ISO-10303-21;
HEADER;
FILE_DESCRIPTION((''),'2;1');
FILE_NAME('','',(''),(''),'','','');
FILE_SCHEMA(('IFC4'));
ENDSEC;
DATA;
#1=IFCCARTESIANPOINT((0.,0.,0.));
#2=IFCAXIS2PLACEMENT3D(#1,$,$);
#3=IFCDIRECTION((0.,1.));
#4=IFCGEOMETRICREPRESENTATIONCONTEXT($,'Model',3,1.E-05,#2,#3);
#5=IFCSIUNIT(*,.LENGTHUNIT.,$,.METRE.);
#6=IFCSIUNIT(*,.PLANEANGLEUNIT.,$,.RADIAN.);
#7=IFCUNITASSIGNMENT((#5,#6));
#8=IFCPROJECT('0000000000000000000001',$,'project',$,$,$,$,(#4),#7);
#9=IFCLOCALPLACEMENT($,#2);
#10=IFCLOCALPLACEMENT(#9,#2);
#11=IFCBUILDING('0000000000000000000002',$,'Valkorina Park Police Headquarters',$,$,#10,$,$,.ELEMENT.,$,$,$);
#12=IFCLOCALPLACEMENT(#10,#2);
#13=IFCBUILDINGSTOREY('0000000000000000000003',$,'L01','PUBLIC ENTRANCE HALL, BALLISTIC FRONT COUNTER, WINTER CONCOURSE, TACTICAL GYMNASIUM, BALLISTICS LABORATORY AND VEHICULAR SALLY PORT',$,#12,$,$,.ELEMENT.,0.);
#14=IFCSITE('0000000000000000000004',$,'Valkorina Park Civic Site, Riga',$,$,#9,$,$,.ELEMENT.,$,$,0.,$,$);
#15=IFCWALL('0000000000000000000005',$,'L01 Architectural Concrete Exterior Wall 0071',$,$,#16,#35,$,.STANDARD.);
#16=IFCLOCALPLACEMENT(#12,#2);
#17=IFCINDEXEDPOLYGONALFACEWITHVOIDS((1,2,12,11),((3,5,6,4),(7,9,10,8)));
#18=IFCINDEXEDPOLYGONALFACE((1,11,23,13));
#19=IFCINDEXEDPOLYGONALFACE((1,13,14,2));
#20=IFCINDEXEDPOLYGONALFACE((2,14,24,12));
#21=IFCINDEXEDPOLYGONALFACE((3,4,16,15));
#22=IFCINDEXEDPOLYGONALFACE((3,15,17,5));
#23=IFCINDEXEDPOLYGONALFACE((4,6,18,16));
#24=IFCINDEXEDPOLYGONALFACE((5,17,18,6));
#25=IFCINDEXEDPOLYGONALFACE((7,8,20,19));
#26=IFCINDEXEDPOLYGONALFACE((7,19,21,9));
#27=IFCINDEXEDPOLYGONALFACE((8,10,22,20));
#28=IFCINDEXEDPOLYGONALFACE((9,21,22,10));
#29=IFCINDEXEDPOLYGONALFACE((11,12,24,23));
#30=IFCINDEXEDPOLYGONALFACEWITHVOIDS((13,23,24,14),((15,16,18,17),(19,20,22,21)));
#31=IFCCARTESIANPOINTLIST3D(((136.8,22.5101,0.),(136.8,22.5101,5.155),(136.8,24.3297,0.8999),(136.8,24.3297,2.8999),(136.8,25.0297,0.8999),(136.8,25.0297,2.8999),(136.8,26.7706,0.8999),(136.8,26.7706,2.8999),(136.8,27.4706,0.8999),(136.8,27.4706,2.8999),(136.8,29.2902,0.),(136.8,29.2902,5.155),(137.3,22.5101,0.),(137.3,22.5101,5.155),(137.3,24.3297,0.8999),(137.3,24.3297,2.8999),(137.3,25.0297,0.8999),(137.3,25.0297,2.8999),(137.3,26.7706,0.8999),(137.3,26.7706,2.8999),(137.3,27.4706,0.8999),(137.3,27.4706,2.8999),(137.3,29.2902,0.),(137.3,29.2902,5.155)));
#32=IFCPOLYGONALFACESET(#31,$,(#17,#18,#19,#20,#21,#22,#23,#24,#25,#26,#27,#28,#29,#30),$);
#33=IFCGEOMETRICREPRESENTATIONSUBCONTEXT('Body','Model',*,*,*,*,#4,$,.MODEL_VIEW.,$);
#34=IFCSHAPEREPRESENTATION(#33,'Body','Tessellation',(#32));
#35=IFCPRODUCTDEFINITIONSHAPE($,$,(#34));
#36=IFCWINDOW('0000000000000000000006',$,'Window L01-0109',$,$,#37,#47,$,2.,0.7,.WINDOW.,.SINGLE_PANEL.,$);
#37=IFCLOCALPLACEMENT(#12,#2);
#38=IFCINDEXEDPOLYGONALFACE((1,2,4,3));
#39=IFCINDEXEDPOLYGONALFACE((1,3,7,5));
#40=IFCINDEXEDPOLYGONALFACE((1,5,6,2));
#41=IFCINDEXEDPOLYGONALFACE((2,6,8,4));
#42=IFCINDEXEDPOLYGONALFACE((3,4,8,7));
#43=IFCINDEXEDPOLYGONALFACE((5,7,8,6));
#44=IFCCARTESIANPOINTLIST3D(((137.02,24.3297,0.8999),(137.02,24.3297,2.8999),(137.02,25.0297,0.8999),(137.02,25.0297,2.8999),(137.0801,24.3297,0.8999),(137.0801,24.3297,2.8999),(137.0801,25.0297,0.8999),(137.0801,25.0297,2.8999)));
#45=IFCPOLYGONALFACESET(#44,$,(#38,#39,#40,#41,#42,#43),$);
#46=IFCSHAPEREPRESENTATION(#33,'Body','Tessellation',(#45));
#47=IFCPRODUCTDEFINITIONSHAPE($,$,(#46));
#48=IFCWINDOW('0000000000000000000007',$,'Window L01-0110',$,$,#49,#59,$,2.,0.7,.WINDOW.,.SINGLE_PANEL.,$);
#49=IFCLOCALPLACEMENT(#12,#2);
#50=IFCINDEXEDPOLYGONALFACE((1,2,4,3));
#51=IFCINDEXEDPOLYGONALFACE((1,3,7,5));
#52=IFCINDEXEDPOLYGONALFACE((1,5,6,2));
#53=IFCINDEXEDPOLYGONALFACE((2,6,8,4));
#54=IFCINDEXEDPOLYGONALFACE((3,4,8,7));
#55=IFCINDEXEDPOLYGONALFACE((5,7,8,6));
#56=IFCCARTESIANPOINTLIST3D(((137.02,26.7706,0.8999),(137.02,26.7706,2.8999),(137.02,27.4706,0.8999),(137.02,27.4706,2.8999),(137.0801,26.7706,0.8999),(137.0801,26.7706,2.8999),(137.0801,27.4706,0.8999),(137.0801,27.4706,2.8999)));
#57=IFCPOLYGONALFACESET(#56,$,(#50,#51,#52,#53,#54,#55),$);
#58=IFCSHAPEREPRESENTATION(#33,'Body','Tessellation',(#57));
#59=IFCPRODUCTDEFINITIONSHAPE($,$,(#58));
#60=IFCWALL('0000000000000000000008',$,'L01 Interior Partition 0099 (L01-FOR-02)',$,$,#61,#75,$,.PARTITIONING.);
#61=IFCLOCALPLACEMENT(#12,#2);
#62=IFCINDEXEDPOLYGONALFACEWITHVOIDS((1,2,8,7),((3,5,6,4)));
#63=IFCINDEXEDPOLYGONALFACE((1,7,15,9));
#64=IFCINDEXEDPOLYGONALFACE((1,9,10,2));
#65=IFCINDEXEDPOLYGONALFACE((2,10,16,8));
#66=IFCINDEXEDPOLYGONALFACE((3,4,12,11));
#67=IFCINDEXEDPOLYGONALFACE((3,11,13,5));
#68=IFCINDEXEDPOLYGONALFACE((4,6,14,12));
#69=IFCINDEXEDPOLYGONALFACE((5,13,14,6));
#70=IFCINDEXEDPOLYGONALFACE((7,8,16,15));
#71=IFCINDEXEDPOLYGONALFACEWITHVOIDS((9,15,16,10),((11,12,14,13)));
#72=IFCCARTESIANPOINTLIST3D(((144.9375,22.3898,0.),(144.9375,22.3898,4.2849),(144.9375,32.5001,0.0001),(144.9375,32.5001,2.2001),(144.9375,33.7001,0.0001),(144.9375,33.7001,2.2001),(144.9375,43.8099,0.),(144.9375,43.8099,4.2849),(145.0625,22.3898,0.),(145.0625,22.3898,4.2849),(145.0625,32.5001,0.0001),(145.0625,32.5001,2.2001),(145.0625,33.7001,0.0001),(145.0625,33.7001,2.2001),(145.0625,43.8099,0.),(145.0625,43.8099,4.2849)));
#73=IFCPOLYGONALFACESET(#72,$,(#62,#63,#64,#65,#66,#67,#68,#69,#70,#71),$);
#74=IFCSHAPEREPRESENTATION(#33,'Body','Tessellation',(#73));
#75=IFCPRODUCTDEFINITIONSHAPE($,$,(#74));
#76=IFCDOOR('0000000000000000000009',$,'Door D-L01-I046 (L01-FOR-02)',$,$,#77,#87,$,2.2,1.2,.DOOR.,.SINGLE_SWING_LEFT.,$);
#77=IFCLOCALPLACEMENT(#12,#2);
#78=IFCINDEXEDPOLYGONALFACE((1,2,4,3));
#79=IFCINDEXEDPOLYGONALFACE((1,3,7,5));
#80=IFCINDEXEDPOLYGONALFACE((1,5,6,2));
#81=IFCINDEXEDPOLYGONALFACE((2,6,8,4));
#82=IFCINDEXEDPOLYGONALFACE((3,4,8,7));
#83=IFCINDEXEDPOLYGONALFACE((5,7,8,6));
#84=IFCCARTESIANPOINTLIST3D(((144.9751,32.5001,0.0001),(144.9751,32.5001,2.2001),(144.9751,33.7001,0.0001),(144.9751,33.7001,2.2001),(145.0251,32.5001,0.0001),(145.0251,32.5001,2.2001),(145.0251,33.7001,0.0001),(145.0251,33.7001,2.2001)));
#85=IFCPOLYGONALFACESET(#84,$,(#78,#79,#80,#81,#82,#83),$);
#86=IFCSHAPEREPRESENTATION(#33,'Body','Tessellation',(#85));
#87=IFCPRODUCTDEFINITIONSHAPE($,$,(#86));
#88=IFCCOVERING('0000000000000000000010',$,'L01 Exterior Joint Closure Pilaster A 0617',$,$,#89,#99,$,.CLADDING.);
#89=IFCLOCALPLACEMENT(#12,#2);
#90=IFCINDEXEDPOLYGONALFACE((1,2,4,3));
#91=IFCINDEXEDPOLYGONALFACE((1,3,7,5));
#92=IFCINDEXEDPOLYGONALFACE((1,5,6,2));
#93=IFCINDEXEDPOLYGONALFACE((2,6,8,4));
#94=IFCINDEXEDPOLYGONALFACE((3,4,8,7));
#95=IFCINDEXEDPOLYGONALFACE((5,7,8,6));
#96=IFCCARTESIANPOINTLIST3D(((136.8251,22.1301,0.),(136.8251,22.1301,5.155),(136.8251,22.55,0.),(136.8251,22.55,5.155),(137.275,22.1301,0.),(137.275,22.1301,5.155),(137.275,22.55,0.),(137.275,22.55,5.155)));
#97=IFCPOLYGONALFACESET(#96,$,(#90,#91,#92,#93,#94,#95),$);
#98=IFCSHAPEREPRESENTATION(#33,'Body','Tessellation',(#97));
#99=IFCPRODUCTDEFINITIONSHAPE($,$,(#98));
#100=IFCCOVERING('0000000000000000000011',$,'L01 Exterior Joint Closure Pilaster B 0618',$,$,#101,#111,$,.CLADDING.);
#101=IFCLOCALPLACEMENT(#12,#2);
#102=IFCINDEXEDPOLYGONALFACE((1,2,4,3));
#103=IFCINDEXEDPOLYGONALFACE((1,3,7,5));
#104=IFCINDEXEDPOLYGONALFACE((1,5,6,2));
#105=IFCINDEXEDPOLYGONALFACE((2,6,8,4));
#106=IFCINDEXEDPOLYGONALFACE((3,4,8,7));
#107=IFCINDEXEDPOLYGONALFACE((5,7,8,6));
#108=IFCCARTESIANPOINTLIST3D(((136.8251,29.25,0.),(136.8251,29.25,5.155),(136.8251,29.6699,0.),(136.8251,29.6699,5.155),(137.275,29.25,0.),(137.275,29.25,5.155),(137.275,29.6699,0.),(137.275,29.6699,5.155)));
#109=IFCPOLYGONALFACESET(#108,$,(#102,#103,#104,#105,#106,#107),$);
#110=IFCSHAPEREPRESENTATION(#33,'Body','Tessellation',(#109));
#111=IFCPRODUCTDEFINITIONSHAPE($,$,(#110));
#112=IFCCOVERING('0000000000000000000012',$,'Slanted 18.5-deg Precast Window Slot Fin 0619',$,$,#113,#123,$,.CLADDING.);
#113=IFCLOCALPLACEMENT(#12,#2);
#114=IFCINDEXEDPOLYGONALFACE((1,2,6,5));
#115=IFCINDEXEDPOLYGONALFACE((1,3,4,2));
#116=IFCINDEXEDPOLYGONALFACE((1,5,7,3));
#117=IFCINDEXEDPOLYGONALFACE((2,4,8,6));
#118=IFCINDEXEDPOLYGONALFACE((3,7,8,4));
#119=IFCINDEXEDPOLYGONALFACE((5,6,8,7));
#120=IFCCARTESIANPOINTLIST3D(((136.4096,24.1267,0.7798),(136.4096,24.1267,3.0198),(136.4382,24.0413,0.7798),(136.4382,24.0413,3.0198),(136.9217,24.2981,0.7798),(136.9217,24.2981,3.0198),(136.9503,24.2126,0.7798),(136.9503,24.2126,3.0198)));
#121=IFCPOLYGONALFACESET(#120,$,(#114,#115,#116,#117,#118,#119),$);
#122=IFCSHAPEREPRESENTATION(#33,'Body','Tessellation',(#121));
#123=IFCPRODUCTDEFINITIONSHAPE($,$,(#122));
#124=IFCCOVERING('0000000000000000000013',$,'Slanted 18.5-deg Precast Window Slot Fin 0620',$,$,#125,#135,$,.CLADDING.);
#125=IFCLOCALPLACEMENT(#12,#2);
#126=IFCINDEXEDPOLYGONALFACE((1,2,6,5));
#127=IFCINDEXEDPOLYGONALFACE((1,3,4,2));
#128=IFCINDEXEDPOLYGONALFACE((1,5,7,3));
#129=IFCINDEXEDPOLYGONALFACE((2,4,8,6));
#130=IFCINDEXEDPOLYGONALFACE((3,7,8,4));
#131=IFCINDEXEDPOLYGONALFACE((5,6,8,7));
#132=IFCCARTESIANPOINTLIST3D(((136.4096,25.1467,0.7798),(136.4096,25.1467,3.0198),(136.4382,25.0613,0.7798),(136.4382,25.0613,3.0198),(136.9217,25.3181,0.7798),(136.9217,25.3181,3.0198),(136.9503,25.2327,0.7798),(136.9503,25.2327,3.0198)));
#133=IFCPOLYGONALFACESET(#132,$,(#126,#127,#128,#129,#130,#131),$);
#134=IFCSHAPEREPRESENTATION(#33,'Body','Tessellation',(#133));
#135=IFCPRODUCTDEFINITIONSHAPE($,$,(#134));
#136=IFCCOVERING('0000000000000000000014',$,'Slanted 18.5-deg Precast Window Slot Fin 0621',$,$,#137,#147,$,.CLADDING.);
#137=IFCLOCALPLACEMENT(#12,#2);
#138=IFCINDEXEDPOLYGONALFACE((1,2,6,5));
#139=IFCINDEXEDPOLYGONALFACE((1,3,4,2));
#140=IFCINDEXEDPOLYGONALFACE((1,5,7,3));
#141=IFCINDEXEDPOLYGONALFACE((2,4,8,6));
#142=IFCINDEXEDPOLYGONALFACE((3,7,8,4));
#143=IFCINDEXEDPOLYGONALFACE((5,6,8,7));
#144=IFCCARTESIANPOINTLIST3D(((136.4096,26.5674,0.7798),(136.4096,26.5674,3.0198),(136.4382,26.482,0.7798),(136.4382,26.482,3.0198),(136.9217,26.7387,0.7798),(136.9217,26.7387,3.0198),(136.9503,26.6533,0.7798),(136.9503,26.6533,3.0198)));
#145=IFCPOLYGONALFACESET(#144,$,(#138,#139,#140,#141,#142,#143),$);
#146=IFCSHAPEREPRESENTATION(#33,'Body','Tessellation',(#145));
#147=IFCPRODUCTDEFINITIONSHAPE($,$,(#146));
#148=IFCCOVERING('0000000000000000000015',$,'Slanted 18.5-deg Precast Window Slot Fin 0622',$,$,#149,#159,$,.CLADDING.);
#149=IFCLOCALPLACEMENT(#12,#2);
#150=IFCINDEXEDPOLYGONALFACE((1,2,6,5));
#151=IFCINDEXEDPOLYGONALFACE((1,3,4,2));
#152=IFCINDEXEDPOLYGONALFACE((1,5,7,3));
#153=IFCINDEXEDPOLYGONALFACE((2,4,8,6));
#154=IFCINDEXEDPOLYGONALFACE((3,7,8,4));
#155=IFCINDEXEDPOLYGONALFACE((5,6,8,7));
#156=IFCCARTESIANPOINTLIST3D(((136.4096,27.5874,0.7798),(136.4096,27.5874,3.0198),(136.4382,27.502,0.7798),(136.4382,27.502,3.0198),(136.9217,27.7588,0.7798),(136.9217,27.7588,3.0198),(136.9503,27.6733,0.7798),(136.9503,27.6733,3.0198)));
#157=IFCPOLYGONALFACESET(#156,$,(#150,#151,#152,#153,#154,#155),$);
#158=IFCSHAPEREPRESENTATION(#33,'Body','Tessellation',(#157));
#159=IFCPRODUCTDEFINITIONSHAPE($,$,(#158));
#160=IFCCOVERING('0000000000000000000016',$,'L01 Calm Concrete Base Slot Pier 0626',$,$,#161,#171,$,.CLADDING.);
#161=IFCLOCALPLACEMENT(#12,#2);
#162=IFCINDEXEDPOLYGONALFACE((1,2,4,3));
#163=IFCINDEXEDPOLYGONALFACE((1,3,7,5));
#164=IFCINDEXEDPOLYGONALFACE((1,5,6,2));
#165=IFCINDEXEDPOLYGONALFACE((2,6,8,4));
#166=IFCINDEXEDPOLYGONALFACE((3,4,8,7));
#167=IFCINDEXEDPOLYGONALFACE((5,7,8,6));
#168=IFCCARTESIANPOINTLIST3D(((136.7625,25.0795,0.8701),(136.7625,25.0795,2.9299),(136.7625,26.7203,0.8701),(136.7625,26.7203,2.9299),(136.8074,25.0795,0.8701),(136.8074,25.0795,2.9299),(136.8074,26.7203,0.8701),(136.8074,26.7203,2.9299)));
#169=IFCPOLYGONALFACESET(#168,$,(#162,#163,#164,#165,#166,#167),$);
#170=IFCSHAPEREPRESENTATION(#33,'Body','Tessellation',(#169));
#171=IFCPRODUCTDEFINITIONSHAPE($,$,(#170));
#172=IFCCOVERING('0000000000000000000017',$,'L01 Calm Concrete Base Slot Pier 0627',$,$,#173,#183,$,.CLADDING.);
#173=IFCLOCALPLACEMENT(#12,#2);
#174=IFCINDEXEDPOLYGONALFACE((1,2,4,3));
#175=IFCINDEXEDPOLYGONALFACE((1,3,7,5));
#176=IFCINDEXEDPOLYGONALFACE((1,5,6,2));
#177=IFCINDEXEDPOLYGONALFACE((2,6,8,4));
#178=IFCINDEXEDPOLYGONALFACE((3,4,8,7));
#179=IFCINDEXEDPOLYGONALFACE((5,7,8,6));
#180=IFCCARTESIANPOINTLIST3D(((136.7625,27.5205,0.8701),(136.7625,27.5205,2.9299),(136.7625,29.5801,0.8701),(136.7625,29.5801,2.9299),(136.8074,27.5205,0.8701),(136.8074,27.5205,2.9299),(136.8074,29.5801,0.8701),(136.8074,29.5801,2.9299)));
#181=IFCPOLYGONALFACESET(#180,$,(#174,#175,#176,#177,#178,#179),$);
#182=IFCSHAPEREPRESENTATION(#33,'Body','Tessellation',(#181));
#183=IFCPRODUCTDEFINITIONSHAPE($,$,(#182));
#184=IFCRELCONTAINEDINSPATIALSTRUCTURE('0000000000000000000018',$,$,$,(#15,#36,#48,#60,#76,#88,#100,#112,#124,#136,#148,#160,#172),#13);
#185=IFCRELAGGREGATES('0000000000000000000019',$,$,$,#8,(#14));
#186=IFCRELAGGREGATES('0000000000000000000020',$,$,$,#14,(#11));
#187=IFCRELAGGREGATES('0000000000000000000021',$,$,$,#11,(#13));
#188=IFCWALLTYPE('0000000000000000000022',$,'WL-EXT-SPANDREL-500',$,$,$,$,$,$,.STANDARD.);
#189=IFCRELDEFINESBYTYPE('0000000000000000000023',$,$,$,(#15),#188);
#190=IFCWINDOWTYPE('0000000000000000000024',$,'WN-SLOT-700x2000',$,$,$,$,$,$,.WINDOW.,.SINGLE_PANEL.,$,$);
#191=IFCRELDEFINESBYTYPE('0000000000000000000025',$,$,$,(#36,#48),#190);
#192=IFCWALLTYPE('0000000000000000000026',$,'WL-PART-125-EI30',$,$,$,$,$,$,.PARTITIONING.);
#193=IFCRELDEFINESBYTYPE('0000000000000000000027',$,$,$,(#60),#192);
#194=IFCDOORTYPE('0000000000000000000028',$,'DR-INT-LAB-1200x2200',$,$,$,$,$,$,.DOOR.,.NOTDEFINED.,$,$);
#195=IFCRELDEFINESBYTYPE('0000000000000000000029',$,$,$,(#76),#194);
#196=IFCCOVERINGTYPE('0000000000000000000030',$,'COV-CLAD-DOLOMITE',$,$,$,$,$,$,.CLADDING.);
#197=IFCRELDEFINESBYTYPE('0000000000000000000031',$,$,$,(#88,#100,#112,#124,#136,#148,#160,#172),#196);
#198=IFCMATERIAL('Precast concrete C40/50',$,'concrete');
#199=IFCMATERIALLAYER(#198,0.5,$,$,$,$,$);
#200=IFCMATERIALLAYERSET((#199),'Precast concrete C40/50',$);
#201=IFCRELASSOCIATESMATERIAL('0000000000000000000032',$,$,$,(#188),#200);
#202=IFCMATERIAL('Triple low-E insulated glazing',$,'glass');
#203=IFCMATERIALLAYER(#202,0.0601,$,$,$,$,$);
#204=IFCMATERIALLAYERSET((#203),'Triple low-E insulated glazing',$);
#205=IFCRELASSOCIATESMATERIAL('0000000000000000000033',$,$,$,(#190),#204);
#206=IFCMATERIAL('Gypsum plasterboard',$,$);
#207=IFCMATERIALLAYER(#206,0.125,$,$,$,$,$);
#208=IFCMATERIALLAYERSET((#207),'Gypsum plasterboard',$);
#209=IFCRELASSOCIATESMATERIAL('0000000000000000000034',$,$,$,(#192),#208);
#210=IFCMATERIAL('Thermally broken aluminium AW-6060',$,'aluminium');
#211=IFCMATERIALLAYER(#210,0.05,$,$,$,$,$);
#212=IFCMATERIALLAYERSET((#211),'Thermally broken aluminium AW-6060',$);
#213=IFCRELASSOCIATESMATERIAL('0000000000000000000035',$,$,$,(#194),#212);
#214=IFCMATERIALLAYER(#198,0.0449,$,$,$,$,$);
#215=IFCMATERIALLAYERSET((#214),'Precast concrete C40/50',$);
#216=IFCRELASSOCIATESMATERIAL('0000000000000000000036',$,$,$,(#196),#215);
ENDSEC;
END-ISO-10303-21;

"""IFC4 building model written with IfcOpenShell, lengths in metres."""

from ifc_helpers import new_model, si_unit, direction, frame, frame_2d, origin, origin_2d, place, context, subcontext, project, spatial, rectangle, extrude, material, layer, layer_set, type_object, element, fill, save


model = new_model("IFC4")

# Units and contexts
model_context = context("Model", 3, precision=1e-05, world=origin(), true_north=direction((0.0, 1.0)))
body_context = subcontext(model_context, "Body", "Model", "MODEL_VIEW")
ifc_project = project(units=[si_unit("LENGTHUNIT", "METRE"), si_unit("PLANEANGLEUNIT", "RADIAN")], contexts=[model_context])

# Site, building, storey
site_placement = place(None, origin())
site = spatial("IfcSite", under=ifc_project, at=site_placement, Name="Valkorina Park Civic Site, Riga", CompositionType="ELEMENT", RefElevation=0.0)
building_placement = place(site_placement, origin())
building = spatial("IfcBuilding", under=site, at=building_placement, Name="Valkorina Park Police Headquarters", CompositionType="ELEMENT")
storey_placement = place(building_placement, origin())
storey = spatial("IfcBuildingStorey", under=building, at=storey_placement, Name="L01", Description="PUBLIC ENTRANCE HALL, BALLISTIC FRONT COUNTER, WINTER CONCOURSE, TACTICAL GYMNASIUM, BALLISTICS LABORATORY AND VEHICULAR SALLY PORT", CompositionType="ELEMENT", Elevation=0.0)

# Wall, openings, windows
ifc_material_1 = material(Name="Precast concrete C40/50", Category="concrete")
ifc_layer_1 = layer(ifc_material_1, 0.5)
ifc_layer_set_1 = layer_set([ifc_layer_1], Name="Precast concrete C40/50")
wall_type_1 = type_object("IfcWallType", Name="WL-EXT-SPANDREL-500", PredefinedType="STANDARD", material=ifc_layer_set_1)
wall_1_placement = place(storey_placement, frame((137.05, 22.51, 0.0), z_axis=(0.0, 0.0, 1.0), x_axis=(0.0, 1.0, 0.0)))
wall_1 = element("IfcWall", 1, at=wall_1_placement, inside=storey, type_object=wall_type_1, Name="L01 Architectural Concrete Exterior Wall 0071", PredefinedType="STANDARD", context=body_context, shape_type="SweptSolid", body=[
    extrude(rectangle(XDim=6.78, YDim=0.5, at=frame_2d((3.3901, 0.0))), origin(), (0.0, 0.0, 1.0), 5.155),
])
opening_1_placement = place(wall_1_placement, frame((1.8196, 0.0, 0.8999)))
opening_1 = element("IfcOpeningElement", 2, at=opening_1_placement, cuts=wall_1, PredefinedType="OPENING", context=body_context, shape_type="SweptSolid", body=[
    extrude(rectangle(XDim=0.7, YDim=2.0, at=frame_2d((0.3501, 1.0))), frame((0.0, 0.26, 0.0), z_axis=(0.0, -1.0, 0.0), x_axis=(1.0, 0.0, 0.0)), (0.0, 0.0, 1.0), 0.52),
])
opening_2_placement = place(wall_1_placement, frame((4.2605, 0.0, 0.8999)))
opening_2 = element("IfcOpeningElement", 3, at=opening_2_placement, cuts=wall_1, PredefinedType="OPENING", context=body_context, shape_type="SweptSolid", body=[
    extrude(rectangle(XDim=0.7, YDim=2.0, at=frame_2d((0.3501, 1.0))), frame((0.0, 0.26, 0.0), z_axis=(0.0, -1.0, 0.0), x_axis=(1.0, 0.0, 0.0)), (0.0, 0.0, 1.0), 0.52),
])
ifc_material_2 = material(Name="Triple low-E insulated glazing", Category="glass")
ifc_layer_2 = layer(ifc_material_2, 0.0601)
ifc_layer_set_2 = layer_set([ifc_layer_2], Name="Triple low-E insulated glazing")
window_type = type_object("IfcWindowType", Name="WN-SLOT-700x2000", PartitioningType="SINGLE_PANEL", PredefinedType="WINDOW", material=ifc_layer_set_2)
window_1_placement = place(opening_1_placement, origin())
window_1 = element("IfcWindow", 4, at=window_1_placement, inside=storey, type_object=window_type, Name="Window L01-0109", OverallHeight=2.0, OverallWidth=0.7, PartitioningType="SINGLE_PANEL", PredefinedType="WINDOW", context=body_context, shape_type="SweptSolid", body=[
    extrude(rectangle(XDim=0.7, YDim=2.0, at=frame_2d((0.3501, 1.0))), frame((0.0, 0.03, 0.0), z_axis=(0.0, -1.0, 0.0), x_axis=(1.0, 0.0, 0.0)), (0.0, 0.0, 1.0), 0.0601),
])
fill(opening_1, window_1)
window_2_placement = place(opening_2_placement, origin())
window_2 = element("IfcWindow", 5, at=window_2_placement, inside=storey, type_object=window_type, Name="Window L01-0110", OverallHeight=2.0, OverallWidth=0.7, PartitioningType="SINGLE_PANEL", PredefinedType="WINDOW", context=body_context, shape_type="SweptSolid", body=[
    extrude(rectangle(XDim=0.7, YDim=2.0, at=frame_2d((0.3501, 1.0))), frame((0.0, 0.03, 0.0), z_axis=(0.0, -1.0, 0.0), x_axis=(1.0, 0.0, 0.0)), (0.0, 0.0, 1.0), 0.0601),
])
fill(opening_2, window_2)

# Wall, opening, door
ifc_material_3 = material(Name="Gypsum plasterboard")
ifc_layer_3 = layer(ifc_material_3, 0.125)
ifc_layer_set_3 = layer_set([ifc_layer_3], Name="Gypsum plasterboard")
wall_type_2 = type_object("IfcWallType", Name="WL-PART-125-EI30", PredefinedType="PARTITIONING", material=ifc_layer_set_3)
wall_2_placement = place(storey_placement, frame((145.0, 22.3899, 0.0), z_axis=(0.0, 0.0, 1.0), x_axis=(0.0, 1.0, 0.0)))
wall_2 = element("IfcWall", 6, at=wall_2_placement, inside=storey, type_object=wall_type_2, Name="L01 Interior Partition 0099 (L01-FOR-02)", PredefinedType="PARTITIONING", context=body_context, shape_type="SweptSolid", body=[
    extrude(rectangle(XDim=21.4202, YDim=0.125, at=frame_2d((10.71, 0.0))), origin(), (0.0, 0.0, 1.0), 4.2849),
])
opening_3_placement = place(wall_2_placement, frame((10.1101, 0.0, 0.0)))
opening_3 = element("IfcOpeningElement", 7, at=opening_3_placement, cuts=wall_2, PredefinedType="OPENING", context=body_context, shape_type="SweptSolid", body=[
    extrude(rectangle(XDim=1.2, YDim=2.2, at=frame_2d((0.6001, 1.1001))), frame((0.0, 0.0725, 0.0), z_axis=(0.0, -1.0, 0.0), x_axis=(1.0, 0.0, 0.0)), (0.0, 0.0, 1.0), 0.145),
])
ifc_material_4 = material(Name="Thermally broken aluminium AW-6060", Category="aluminium")
ifc_layer_4 = layer(ifc_material_4, 0.05)
ifc_layer_set_4 = layer_set([ifc_layer_4], Name="Thermally broken aluminium AW-6060")
door_type = type_object("IfcDoorType", Name="DR-INT-LAB-1200x2200", OperationType="NOTDEFINED", PredefinedType="DOOR", material=ifc_layer_set_4)
door_placement = place(opening_3_placement, origin())
door = element("IfcDoor", 8, at=door_placement, inside=storey, type_object=door_type, Name="Door D-L01-I046 (L01-FOR-02)", OperationType="SINGLE_SWING_LEFT", OverallHeight=2.2, OverallWidth=1.2, PredefinedType="DOOR", context=body_context, shape_type="SweptSolid", body=[
    extrude(rectangle(XDim=1.2, YDim=2.2, at=frame_2d((0.6001, 1.1001))), frame((0.0, 0.0249, 0.0), z_axis=(0.0, -1.0, 0.0), x_axis=(1.0, 0.0, 0.0)), (0.0, 0.0, 1.0), 0.05),
])
fill(opening_3, door)

# Coverings
ifc_layer_5 = layer(ifc_material_1, 0.0449)
ifc_layer_set_5 = layer_set([ifc_layer_5], Name="Precast concrete C40/50")
covering_type = type_object("IfcCoveringType", Name="COV-CLAD-DOLOMITE", PredefinedType="CLADDING", material=ifc_layer_set_5)
for number, where, z_axis, x_axis, name in (
    (9, (137.05, 22.3401, 0.0), (0.0, 0.0, 1.0), (0.0, 1.0, 0.0), "L01 Exterior Joint Closure Pilaster A 0617"),
    (10, (137.05, 29.46, 0.0), (0.0, 0.0, 1.0), (0.0, 1.0, 0.0), "L01 Exterior Joint Closure Pilaster B 0618"),
):
    element("IfcCovering", number, at=place(storey_placement, frame(where, z_axis=z_axis, x_axis=x_axis)), inside=storey, type_object=covering_type, Name=name, PredefinedType="CLADDING", context=body_context, shape_type="SweptSolid", body=[
        extrude(rectangle(XDim=0.4199, YDim=0.45, at=origin_2d()), origin(), (0.0, 0.0, 1.0), 5.155),
    ])
for number, where, z_axis, x_axis, name in (
    (11, (136.6799, 24.1697, 0.7798), (0.0, 0.0, 1.0), (-0.948324, -0.317305, 0.0), "Slanted 18.5-deg Precast Window Slot Fin 0619"),
    (12, (136.6799, 25.1897, 0.7798), (0.0, 0.0, 1.0), (-0.948324, -0.317305, 0.0), "Slanted 18.5-deg Precast Window Slot Fin 0620"),
    (13, (136.6799, 26.6104, 0.7798), (0.0, 0.0, 1.0), (-0.948324, -0.317305, 0.0), "Slanted 18.5-deg Precast Window Slot Fin 0621"),
    (14, (136.6799, 27.6304, 0.7798), (0.0, 0.0, 1.0), (-0.948324, -0.317305, 0.0), "Slanted 18.5-deg Precast Window Slot Fin 0622"),
):
    element("IfcCovering", number, at=place(storey_placement, frame(where, z_axis=z_axis, x_axis=x_axis)), inside=storey, type_object=covering_type, Name=name, PredefinedType="CLADDING", context=body_context, shape_type="SweptSolid", body=[
        extrude(rectangle(XDim=0.54, YDim=0.0901, at=origin_2d()), origin(), (0.0, 0.0, 1.0), 2.24),
    ])
covering_1_placement = place(storey_placement, frame((136.7849, 25.0796, 0.8701), z_axis=(0.0, 0.0, 1.0), x_axis=(0.0, 1.0, 0.0)))
element("IfcCovering", 15, at=covering_1_placement, inside=storey, type_object=covering_type, Name="L01 Calm Concrete Base Slot Pier 0626", PredefinedType="CLADDING", context=body_context, shape_type="SweptSolid", body=[
    extrude(rectangle(XDim=1.6409, YDim=0.0449, at=frame_2d((0.8203, 0.0))), origin(), (0.0, 0.0, 1.0), 2.0598),
])
covering_2_placement = place(storey_placement, frame((136.7849, 27.5205, 0.8701), z_axis=(0.0, 0.0, 1.0), x_axis=(0.0, 1.0, 0.0)))
element("IfcCovering", 16, at=covering_2_placement, inside=storey, type_object=covering_type, Name="L01 Calm Concrete Base Slot Pier 0627", PredefinedType="CLADDING", context=body_context, shape_type="SweptSolid", body=[
    extrude(rectangle(XDim=2.0596, YDim=0.0449, at=frame_2d((1.0298, 0.0))), origin(), (0.0, 0.0, 1.0), 2.0598),
])

save(model, "model.ifc")
